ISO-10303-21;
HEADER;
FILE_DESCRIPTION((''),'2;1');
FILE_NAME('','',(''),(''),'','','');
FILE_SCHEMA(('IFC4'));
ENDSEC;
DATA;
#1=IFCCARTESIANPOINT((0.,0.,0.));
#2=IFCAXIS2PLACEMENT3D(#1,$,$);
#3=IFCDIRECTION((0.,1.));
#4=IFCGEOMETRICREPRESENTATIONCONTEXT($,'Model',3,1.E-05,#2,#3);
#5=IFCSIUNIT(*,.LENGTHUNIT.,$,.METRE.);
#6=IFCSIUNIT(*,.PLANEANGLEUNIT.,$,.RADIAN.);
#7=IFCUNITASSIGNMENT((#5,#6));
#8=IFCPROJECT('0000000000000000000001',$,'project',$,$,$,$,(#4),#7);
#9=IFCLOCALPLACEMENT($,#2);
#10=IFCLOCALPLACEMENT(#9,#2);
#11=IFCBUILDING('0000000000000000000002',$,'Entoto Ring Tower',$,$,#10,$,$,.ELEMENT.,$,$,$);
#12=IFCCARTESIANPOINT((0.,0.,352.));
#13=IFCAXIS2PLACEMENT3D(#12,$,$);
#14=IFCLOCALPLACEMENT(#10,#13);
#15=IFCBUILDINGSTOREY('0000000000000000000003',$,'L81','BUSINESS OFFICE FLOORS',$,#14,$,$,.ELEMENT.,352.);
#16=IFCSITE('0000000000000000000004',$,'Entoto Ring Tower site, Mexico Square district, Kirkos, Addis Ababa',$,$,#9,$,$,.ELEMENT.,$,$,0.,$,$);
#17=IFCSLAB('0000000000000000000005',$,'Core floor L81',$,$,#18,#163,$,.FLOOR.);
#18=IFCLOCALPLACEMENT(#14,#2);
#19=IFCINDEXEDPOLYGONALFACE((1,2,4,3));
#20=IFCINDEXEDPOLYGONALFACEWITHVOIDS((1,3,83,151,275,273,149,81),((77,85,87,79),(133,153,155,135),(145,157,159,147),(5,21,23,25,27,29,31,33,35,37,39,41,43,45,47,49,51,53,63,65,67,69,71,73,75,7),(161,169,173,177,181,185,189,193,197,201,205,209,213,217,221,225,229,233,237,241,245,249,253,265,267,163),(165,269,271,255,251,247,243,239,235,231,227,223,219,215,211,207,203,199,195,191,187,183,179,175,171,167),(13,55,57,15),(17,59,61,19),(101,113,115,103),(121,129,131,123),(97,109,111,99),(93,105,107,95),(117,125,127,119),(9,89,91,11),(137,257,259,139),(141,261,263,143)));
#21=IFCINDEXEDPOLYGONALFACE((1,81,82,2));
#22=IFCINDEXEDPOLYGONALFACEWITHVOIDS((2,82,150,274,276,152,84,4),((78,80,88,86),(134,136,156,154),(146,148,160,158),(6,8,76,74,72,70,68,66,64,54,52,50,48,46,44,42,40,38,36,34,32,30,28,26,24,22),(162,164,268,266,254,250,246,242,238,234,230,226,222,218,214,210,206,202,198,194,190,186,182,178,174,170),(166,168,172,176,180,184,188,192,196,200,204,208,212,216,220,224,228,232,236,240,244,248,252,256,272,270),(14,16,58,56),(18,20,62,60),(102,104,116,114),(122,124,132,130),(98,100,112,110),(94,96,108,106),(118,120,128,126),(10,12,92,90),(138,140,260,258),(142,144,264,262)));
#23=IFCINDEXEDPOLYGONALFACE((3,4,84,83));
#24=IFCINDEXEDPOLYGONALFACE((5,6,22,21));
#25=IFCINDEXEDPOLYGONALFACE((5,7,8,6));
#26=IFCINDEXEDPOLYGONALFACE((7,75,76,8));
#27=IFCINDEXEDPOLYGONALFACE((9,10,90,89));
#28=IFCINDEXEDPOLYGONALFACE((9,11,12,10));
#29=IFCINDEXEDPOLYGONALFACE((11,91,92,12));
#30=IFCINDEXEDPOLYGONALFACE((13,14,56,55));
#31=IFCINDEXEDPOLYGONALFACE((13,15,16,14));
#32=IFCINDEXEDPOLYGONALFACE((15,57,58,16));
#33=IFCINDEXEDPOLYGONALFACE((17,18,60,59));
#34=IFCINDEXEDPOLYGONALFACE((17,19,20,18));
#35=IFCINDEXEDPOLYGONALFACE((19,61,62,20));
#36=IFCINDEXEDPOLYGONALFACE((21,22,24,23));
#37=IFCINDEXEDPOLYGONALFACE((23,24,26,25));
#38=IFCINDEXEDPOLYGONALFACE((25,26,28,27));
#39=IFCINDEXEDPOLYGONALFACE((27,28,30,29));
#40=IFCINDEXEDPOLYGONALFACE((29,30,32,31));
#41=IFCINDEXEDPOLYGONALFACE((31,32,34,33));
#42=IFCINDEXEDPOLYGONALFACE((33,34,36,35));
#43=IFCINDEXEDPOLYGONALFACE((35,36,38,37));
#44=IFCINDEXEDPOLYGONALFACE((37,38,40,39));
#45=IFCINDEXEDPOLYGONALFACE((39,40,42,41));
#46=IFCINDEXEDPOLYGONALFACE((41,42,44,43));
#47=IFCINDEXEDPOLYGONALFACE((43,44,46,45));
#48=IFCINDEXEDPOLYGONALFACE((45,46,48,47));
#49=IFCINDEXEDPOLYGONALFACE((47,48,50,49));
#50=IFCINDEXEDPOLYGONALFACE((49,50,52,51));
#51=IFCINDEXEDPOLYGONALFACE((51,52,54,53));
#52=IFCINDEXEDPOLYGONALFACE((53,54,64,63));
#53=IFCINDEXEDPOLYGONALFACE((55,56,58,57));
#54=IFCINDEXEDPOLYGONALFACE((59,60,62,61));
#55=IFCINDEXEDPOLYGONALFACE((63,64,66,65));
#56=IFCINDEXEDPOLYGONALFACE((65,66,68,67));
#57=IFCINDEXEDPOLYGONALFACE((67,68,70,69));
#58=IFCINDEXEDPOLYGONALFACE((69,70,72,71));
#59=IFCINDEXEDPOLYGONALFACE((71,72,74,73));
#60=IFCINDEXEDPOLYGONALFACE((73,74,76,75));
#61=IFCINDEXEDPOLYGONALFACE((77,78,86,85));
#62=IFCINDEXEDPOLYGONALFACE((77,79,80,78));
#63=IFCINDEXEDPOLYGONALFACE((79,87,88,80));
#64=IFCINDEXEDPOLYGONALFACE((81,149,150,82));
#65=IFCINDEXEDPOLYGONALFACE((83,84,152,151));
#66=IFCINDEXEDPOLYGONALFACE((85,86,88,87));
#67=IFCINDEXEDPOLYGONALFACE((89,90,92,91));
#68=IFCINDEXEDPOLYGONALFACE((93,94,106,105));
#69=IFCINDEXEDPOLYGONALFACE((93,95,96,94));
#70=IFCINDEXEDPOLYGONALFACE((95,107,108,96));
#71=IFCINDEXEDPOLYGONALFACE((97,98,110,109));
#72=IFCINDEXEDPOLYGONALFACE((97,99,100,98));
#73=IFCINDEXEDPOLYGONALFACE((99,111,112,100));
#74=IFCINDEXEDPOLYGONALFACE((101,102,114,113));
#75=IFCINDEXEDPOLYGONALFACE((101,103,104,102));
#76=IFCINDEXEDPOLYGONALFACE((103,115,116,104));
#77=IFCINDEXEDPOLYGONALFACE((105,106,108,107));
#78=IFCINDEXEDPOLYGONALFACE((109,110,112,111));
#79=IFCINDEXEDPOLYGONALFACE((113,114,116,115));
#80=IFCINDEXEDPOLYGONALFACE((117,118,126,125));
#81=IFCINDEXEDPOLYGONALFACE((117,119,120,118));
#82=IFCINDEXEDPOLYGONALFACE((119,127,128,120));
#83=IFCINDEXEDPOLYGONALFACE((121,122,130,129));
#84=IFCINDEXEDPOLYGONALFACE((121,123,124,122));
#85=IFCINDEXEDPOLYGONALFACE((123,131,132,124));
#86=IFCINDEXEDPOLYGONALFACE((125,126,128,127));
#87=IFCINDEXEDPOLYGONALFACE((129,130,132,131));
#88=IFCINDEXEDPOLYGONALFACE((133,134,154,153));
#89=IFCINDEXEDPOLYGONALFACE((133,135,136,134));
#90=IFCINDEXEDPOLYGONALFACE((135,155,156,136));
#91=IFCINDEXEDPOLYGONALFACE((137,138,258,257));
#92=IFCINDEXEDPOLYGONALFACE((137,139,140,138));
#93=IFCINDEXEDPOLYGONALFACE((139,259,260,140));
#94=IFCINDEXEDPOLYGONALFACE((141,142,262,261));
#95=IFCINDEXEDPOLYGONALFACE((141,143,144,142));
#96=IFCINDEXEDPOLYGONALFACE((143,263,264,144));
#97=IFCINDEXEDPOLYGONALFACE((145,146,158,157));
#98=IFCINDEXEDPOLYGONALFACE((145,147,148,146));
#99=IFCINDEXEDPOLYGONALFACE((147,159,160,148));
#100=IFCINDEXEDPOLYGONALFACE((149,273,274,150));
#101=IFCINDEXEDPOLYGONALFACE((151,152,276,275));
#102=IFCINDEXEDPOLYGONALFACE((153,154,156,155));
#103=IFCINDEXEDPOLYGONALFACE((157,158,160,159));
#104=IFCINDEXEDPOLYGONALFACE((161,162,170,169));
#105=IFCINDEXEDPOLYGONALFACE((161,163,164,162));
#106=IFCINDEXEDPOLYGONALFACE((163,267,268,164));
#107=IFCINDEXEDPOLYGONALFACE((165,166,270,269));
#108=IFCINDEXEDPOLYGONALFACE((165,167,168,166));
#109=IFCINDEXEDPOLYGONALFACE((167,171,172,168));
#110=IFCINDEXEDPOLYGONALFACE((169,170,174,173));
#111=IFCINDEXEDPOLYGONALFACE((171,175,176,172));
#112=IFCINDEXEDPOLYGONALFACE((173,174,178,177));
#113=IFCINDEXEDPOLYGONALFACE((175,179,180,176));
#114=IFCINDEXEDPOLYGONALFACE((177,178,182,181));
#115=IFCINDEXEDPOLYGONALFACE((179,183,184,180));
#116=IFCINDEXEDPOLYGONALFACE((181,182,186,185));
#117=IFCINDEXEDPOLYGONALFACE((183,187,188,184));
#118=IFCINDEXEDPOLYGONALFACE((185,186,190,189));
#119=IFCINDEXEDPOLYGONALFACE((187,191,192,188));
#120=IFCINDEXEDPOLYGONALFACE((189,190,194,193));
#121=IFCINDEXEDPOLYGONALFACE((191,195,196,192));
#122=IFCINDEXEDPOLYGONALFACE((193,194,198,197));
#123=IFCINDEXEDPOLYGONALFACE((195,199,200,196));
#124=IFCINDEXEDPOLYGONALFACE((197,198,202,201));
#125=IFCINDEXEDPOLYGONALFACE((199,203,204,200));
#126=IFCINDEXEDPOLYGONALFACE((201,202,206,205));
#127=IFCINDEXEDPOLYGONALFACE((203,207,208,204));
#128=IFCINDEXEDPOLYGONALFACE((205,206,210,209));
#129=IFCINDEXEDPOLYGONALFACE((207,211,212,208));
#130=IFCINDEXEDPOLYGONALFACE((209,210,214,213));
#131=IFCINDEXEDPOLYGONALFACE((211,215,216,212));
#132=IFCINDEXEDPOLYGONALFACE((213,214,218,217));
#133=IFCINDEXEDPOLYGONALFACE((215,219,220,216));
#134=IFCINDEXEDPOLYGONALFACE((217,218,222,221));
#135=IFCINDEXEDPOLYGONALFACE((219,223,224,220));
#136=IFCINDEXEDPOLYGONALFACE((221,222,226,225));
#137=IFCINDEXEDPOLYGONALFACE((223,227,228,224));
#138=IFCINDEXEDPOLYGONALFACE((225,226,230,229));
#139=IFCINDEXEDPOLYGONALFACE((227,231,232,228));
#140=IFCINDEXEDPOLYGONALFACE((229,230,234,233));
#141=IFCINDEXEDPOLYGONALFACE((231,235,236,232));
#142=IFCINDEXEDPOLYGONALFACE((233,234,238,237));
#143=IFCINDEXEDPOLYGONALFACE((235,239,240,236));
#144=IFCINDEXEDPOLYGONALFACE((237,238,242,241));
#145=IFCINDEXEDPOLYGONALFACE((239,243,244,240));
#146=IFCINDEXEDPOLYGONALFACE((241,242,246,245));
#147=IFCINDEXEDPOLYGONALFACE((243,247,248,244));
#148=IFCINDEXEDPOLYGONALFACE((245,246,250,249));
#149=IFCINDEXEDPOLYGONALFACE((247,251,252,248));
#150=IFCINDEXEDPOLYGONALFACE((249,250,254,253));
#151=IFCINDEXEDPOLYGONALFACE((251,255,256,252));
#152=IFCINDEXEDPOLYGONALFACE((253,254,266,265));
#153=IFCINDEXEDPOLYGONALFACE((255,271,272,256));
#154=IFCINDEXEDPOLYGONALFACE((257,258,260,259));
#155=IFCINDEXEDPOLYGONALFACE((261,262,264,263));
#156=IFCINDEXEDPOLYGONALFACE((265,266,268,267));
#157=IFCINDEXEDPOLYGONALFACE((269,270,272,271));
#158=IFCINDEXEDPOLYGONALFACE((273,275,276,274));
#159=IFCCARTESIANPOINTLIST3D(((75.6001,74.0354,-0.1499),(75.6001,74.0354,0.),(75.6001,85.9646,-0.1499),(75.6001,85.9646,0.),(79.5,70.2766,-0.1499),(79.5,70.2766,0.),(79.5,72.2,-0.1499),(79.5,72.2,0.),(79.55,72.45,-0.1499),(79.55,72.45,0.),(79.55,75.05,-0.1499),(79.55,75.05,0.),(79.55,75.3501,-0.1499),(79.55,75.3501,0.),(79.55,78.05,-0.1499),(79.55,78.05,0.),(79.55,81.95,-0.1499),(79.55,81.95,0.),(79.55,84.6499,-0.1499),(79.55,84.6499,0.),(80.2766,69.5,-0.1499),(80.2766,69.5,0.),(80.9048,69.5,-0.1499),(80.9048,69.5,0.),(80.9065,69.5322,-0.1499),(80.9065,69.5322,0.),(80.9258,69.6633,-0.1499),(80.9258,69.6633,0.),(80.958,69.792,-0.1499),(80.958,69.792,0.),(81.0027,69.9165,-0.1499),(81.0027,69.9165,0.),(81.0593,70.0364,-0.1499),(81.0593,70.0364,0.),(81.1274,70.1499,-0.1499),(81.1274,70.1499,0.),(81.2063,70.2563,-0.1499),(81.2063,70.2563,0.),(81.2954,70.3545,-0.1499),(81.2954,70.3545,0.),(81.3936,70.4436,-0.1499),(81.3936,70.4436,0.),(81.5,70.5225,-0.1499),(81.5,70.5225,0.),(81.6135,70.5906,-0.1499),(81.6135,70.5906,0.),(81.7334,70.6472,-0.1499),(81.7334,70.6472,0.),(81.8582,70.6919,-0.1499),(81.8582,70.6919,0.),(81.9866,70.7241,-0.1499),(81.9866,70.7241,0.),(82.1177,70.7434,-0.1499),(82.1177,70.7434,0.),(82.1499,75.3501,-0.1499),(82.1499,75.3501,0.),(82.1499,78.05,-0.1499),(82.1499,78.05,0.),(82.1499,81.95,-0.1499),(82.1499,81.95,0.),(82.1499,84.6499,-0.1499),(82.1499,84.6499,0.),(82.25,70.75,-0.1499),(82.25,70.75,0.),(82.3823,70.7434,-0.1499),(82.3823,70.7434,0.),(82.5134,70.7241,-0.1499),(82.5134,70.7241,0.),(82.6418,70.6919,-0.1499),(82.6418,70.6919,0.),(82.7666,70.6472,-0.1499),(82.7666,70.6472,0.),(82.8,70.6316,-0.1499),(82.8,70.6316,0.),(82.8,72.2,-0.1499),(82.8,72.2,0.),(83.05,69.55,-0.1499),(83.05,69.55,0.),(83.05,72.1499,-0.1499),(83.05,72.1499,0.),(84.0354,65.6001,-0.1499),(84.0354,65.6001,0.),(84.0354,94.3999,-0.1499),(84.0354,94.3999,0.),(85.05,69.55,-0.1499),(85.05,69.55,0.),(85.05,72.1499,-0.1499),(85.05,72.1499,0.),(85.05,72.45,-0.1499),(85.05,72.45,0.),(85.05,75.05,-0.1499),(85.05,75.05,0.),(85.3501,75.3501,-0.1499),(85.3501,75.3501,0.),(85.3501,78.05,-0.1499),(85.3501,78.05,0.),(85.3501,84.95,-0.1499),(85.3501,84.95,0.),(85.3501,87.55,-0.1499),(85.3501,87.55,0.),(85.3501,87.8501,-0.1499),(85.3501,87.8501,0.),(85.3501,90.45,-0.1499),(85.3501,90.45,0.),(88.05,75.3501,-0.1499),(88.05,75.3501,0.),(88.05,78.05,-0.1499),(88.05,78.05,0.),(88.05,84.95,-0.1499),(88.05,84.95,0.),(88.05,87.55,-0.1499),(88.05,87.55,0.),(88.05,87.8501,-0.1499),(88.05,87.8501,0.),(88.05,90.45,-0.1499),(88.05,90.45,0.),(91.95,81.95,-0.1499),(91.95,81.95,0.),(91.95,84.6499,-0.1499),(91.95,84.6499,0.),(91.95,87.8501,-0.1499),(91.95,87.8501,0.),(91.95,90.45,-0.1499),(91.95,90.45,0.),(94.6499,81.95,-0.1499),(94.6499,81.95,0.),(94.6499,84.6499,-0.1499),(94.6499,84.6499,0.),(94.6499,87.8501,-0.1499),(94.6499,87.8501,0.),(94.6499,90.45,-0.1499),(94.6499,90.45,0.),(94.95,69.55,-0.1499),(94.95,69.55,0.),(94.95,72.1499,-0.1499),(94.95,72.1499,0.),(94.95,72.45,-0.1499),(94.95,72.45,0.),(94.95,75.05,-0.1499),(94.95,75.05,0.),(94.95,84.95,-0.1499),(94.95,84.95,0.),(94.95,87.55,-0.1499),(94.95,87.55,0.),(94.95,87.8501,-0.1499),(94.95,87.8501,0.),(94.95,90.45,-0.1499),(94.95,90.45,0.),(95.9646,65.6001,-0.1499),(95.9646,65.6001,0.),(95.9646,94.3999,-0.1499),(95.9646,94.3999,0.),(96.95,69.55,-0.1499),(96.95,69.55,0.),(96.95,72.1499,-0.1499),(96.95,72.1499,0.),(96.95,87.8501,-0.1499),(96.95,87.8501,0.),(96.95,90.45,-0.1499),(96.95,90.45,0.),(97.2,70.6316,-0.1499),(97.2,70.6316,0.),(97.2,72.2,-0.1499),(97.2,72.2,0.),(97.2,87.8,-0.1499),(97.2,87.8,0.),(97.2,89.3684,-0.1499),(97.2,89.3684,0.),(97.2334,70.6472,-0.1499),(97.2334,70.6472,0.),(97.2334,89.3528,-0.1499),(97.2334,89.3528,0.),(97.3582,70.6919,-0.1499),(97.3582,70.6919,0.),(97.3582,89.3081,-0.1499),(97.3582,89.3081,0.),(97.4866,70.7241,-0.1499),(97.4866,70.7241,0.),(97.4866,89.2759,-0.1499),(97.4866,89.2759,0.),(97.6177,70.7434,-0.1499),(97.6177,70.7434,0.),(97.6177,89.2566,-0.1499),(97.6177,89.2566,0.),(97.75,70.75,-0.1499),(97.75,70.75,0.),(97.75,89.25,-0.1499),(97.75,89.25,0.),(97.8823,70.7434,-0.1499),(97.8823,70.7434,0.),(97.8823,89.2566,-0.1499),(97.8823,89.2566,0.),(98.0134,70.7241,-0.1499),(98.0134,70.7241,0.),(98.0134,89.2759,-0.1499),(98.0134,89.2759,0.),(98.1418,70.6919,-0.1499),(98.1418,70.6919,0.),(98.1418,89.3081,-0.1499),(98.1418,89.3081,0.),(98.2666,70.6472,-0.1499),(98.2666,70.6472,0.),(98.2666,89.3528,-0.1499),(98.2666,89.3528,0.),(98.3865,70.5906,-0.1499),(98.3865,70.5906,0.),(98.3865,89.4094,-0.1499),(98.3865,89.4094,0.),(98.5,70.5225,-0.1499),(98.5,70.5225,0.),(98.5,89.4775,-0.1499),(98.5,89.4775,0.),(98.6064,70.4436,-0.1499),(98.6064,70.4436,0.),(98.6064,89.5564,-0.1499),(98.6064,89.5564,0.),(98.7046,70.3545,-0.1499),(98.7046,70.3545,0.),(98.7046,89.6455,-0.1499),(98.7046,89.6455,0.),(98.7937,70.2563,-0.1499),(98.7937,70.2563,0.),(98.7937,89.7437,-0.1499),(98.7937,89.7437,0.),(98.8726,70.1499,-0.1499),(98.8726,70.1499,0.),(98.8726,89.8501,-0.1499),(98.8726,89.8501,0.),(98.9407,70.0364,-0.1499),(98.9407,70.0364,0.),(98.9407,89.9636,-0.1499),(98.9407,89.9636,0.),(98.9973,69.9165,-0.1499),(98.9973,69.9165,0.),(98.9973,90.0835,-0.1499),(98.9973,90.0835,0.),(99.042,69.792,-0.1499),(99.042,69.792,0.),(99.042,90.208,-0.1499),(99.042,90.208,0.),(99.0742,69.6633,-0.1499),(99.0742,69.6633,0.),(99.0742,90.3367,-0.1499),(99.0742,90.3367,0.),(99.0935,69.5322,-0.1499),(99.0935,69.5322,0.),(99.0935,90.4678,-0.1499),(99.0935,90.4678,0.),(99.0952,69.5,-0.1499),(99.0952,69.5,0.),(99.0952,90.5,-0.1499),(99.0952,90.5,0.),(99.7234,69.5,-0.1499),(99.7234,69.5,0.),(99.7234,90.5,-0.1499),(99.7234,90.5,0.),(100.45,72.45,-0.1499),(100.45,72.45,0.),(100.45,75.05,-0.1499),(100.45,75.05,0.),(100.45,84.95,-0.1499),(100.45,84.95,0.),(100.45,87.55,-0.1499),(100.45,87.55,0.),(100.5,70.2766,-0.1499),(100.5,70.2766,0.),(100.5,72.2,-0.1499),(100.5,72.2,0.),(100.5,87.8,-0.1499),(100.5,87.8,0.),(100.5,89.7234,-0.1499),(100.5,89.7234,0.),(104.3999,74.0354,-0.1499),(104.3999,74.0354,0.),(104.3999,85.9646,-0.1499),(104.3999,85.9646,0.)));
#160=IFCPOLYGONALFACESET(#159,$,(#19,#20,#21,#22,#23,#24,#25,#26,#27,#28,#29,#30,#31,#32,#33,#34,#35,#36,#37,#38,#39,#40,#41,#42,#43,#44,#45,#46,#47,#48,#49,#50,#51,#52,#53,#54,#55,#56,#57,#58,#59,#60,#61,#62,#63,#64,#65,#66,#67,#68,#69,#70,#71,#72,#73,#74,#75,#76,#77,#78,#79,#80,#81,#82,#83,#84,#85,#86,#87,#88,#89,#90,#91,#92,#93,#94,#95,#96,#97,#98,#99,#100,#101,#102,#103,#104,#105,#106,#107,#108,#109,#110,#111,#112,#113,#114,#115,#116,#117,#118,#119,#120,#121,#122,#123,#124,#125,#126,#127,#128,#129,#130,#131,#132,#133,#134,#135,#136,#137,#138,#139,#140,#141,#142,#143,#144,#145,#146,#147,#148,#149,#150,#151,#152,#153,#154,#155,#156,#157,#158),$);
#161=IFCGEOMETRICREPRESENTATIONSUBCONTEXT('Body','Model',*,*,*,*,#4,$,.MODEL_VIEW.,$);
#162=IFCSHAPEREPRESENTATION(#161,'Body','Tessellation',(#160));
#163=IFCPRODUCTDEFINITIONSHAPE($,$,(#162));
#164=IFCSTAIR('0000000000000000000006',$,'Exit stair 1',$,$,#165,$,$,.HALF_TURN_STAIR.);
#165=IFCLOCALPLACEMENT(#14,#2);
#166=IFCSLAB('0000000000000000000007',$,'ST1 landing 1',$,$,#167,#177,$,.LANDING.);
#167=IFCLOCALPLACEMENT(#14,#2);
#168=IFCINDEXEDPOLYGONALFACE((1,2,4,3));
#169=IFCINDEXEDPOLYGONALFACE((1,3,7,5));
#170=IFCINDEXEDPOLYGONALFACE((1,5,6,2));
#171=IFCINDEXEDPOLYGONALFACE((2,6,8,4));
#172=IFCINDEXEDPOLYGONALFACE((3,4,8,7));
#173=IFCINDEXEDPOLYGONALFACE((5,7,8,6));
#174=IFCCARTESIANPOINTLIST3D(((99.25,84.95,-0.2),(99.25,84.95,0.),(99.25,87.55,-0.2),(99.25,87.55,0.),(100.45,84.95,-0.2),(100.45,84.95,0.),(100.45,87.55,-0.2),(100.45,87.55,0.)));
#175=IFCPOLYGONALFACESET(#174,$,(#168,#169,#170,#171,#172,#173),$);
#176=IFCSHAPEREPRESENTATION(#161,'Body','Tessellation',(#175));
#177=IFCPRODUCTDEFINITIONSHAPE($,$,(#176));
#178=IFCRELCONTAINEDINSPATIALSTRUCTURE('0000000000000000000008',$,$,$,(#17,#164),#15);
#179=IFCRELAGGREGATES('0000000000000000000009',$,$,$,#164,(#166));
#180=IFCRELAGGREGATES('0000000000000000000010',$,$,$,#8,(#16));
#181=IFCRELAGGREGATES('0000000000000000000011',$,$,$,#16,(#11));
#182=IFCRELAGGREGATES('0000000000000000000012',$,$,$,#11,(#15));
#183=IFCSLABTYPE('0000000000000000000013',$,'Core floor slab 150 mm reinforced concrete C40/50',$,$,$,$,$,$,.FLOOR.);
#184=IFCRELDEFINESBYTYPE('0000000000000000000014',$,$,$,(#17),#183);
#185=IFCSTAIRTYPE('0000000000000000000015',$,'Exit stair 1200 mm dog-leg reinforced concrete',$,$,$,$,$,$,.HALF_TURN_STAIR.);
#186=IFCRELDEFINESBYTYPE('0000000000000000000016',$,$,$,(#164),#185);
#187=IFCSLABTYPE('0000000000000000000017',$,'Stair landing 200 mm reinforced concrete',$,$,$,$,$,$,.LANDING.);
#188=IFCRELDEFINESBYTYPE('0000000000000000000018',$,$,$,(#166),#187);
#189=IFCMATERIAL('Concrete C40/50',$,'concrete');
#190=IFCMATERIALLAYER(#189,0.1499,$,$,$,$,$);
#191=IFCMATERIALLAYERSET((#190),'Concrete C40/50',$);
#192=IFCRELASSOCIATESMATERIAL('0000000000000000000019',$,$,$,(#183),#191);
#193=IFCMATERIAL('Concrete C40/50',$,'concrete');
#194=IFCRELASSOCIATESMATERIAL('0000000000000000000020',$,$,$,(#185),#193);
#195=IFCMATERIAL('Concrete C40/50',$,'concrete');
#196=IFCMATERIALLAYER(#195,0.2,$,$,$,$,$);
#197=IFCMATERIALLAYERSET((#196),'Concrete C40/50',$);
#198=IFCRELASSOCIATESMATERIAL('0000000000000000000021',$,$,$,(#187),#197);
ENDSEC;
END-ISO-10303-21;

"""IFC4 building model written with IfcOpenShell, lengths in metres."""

from ifc_helpers import new_model, si_unit, direction, frame, origin, place, context, subcontext, project, spatial, polyline, outline, extrude, material, layer, layer_set, type_object, element, aggregate, save


model = new_model("IFC4")

# Units and contexts
model_context = context("Model", 3, precision=1e-05, world=origin(), true_north=direction((0.0, 1.0)))
body_context = subcontext(model_context, "Body", "Model", "MODEL_VIEW")
ifc_project = project(units=[si_unit("LENGTHUNIT", "METRE"), si_unit("PLANEANGLEUNIT", "RADIAN")], contexts=[model_context])

# Site, building, storey
site_placement = place(None, origin())
building_placement = place(site_placement, origin())
storey_placement = place(building_placement, frame((0.0, 0.0, 352.0)))
site = spatial("IfcSite", under=ifc_project, at=site_placement, Name="Entoto Ring Tower site, Mexico Square district, Kirkos, Addis Ababa", CompositionType="ELEMENT", RefElevation=0.0)
building = spatial("IfcBuilding", under=site, at=building_placement, Name="Entoto Ring Tower", CompositionType="ELEMENT")
storey = spatial("IfcBuildingStorey", under=building, at=storey_placement, Name="L81", Description="BUSINESS OFFICE FLOORS", CompositionType="ELEMENT", Elevation=352.0)

# Slab
ifc_material_1 = material(Name="Concrete C40/50", Category="concrete")
ifc_layer_1 = layer(ifc_material_1, 0.1499)
ifc_layer_set_1 = layer_set([ifc_layer_1], Name="Concrete C40/50")
slab_type_1 = type_object("IfcSlabType", Name="Core floor slab 150 mm reinforced concrete C40/50", PredefinedType="FLOOR", material=ifc_layer_set_1)
slab_1_placement = place(storey_placement, frame((0.0, 0.0, -0.1499)))
element("IfcSlab", 1, at=slab_1_placement, inside=storey, type_object=slab_type_1, Name="Core floor L81", PredefinedType="FLOOR", context=body_context, shape_type="SweptSolid", body=[
    extrude(outline(polyline([(104.3999, 74.0354), (104.3999, 85.9646), (95.9646, 94.3999), (84.0354, 94.3999), (75.6001, 85.9646), (75.6001, 74.0354), (84.0354, 65.6001), (95.9646, 65.6001), (104.3999, 74.0354)]), holes=[polyline([(100.45, 84.95), (100.45, 87.55), (94.95, 87.55), (94.95, 84.95), (100.45, 84.95)]), polyline([(85.05, 72.45), (85.05, 75.05), (79.55, 75.05), (79.55, 72.45), (85.05, 72.45)]), polyline([(100.45, 72.45), (100.45, 75.05), (94.95, 75.05), (94.95, 72.45), (100.45, 72.45)]), polyline([(94.95, 90.45), (94.95, 87.8501), (96.95, 87.8501), (96.95, 90.45), (94.95, 90.45)]), polyline([(94.95, 72.1499), (94.95, 69.55), (96.95, 69.55), (96.95, 72.1499), (94.95, 72.1499)]), polyline([(83.05, 72.1499), (83.05, 69.55), (85.05, 69.55), (85.05, 72.1499), (83.05, 72.1499)]), polyline([(79.55, 81.95), (82.1499, 81.95), (82.1499, 84.6499), (79.55, 84.6499), (79.55, 81.95)]), polyline([(79.55, 75.3501), (82.1499, 75.3501), (82.1499, 78.05), (79.55, 78.05), (79.55, 75.3501)]), polyline([(91.95, 87.8501), (94.6499, 87.8501), (94.6499, 90.45), (91.95, 90.45), (91.95, 87.8501)]), polyline([(91.95, 81.95), (94.6499, 81.95), (94.6499, 84.6499), (91.95, 84.6499), (91.95, 81.95)]), polyline([(85.3501, 75.3501), (88.05, 75.3501), (88.05, 78.05), (85.3501, 78.05), (85.3501, 75.3501)]), polyline([(85.3501, 84.95), (88.05, 84.95), (88.05, 87.55), (85.3501, 87.55), (85.3501, 84.95)]), polyline([(85.3501, 87.8501), (88.05, 87.8501), (88.05, 90.45), (85.3501, 90.45), (85.3501, 87.8501)]), polyline([(97.2, 89.3684), (97.2, 87.8), (100.5, 87.8), (100.5, 89.7234), (99.7234, 90.5), (99.0952, 90.5), (99.0935, 90.4678), (99.0742, 90.3367), (99.042, 90.208), (98.9973, 90.0835), (98.9407, 89.9636), (98.8726, 89.8501), (98.7937, 89.7437), (98.7046, 89.6455), (98.6064, 89.5564), (98.5, 89.4775), (98.3865, 89.4094), (98.2666, 89.3528), (98.1418, 89.3081), (98.0134, 89.2759), (97.8823, 89.2566), (97.75, 89.25), (97.6177, 89.2566), (97.4866, 89.2759), (97.3582, 89.3081), (97.2334, 89.3528), (97.2, 89.3684)]), polyline([(80.2766, 69.5), (80.9048, 69.5), (80.9065, 69.5322), (80.9258, 69.6633), (80.958, 69.792), (81.0027, 69.9165), (81.0593, 70.0364), (81.1274, 70.1499), (81.2063, 70.2563), (81.2954, 70.3545), (81.3936, 70.4436), (81.5, 70.5225), (81.6135, 70.5906), (81.7334, 70.6472), (81.8582, 70.6919), (81.9866, 70.7241), (82.1177, 70.7434), (82.25, 70.75), (82.3823, 70.7434), (82.5134, 70.7241), (82.6418, 70.6919), (82.7666, 70.6472), (82.8, 70.6316), (82.8, 72.2), (79.5, 72.2), (79.5, 70.2766), (80.2766, 69.5)]), polyline([(99.0952, 69.5), (99.7234, 69.5), (100.5, 70.2766), (100.5, 72.2), (97.2, 72.2), (97.2, 70.6316), (97.2334, 70.6472), (97.3582, 70.6919), (97.4866, 70.7241), (97.6177, 70.7434), (97.75, 70.75), (97.8823, 70.7434), (98.0134, 70.7241), (98.1418, 70.6919), (98.2666, 70.6472), (98.3865, 70.5906), (98.5, 70.5225), (98.6064, 70.4436), (98.7046, 70.3545), (98.7937, 70.2563), (98.8726, 70.1499), (98.9407, 70.0364), (98.9973, 69.9165), (99.042, 69.792), (99.0742, 69.6633), (99.0935, 69.5322), (99.0952, 69.5)])]), origin(), (0.0, 0.0, 1.0), 0.1499),
])

# Stair, slab
ifc_material_2 = material(Name="Concrete C40/50", Category="concrete")
stair_type = type_object("IfcStairType", Name="Exit stair 1200 mm dog-leg reinforced concrete", PredefinedType="HALF_TURN_STAIR", material=ifc_material_2)
stair_1_placement = place(storey_placement, origin())
stair_1 = element("IfcStair", 2, at=stair_1_placement, inside=storey, type_object=stair_type, Name="Exit stair 1", PredefinedType="HALF_TURN_STAIR")
ifc_material_3 = material(Name="Concrete C40/50", Category="concrete")
ifc_layer_2 = layer(ifc_material_3, 0.2)
ifc_layer_set_2 = layer_set([ifc_layer_2], Name="Concrete C40/50")
slab_type_2 = type_object("IfcSlabType", Name="Stair landing 200 mm reinforced concrete", PredefinedType="LANDING", material=ifc_layer_set_2)
slab_2_placement = place(storey_placement, frame((0.0, 0.0, -0.2)))
slab_2 = element("IfcSlab", 3, at=slab_2_placement, type_object=slab_type_2, Name="ST1 landing 1", PredefinedType="LANDING", context=body_context, shape_type="SweptSolid", body=[
    extrude(outline(polyline([(100.45, 84.95), (100.45, 87.55), (99.25, 87.55), (99.25, 84.95), (100.45, 84.95)])), origin(), (0.0, 0.0, 1.0), 0.2),
])
aggregate(stair_1, [slab_2])

save(model, "model.ifc")
